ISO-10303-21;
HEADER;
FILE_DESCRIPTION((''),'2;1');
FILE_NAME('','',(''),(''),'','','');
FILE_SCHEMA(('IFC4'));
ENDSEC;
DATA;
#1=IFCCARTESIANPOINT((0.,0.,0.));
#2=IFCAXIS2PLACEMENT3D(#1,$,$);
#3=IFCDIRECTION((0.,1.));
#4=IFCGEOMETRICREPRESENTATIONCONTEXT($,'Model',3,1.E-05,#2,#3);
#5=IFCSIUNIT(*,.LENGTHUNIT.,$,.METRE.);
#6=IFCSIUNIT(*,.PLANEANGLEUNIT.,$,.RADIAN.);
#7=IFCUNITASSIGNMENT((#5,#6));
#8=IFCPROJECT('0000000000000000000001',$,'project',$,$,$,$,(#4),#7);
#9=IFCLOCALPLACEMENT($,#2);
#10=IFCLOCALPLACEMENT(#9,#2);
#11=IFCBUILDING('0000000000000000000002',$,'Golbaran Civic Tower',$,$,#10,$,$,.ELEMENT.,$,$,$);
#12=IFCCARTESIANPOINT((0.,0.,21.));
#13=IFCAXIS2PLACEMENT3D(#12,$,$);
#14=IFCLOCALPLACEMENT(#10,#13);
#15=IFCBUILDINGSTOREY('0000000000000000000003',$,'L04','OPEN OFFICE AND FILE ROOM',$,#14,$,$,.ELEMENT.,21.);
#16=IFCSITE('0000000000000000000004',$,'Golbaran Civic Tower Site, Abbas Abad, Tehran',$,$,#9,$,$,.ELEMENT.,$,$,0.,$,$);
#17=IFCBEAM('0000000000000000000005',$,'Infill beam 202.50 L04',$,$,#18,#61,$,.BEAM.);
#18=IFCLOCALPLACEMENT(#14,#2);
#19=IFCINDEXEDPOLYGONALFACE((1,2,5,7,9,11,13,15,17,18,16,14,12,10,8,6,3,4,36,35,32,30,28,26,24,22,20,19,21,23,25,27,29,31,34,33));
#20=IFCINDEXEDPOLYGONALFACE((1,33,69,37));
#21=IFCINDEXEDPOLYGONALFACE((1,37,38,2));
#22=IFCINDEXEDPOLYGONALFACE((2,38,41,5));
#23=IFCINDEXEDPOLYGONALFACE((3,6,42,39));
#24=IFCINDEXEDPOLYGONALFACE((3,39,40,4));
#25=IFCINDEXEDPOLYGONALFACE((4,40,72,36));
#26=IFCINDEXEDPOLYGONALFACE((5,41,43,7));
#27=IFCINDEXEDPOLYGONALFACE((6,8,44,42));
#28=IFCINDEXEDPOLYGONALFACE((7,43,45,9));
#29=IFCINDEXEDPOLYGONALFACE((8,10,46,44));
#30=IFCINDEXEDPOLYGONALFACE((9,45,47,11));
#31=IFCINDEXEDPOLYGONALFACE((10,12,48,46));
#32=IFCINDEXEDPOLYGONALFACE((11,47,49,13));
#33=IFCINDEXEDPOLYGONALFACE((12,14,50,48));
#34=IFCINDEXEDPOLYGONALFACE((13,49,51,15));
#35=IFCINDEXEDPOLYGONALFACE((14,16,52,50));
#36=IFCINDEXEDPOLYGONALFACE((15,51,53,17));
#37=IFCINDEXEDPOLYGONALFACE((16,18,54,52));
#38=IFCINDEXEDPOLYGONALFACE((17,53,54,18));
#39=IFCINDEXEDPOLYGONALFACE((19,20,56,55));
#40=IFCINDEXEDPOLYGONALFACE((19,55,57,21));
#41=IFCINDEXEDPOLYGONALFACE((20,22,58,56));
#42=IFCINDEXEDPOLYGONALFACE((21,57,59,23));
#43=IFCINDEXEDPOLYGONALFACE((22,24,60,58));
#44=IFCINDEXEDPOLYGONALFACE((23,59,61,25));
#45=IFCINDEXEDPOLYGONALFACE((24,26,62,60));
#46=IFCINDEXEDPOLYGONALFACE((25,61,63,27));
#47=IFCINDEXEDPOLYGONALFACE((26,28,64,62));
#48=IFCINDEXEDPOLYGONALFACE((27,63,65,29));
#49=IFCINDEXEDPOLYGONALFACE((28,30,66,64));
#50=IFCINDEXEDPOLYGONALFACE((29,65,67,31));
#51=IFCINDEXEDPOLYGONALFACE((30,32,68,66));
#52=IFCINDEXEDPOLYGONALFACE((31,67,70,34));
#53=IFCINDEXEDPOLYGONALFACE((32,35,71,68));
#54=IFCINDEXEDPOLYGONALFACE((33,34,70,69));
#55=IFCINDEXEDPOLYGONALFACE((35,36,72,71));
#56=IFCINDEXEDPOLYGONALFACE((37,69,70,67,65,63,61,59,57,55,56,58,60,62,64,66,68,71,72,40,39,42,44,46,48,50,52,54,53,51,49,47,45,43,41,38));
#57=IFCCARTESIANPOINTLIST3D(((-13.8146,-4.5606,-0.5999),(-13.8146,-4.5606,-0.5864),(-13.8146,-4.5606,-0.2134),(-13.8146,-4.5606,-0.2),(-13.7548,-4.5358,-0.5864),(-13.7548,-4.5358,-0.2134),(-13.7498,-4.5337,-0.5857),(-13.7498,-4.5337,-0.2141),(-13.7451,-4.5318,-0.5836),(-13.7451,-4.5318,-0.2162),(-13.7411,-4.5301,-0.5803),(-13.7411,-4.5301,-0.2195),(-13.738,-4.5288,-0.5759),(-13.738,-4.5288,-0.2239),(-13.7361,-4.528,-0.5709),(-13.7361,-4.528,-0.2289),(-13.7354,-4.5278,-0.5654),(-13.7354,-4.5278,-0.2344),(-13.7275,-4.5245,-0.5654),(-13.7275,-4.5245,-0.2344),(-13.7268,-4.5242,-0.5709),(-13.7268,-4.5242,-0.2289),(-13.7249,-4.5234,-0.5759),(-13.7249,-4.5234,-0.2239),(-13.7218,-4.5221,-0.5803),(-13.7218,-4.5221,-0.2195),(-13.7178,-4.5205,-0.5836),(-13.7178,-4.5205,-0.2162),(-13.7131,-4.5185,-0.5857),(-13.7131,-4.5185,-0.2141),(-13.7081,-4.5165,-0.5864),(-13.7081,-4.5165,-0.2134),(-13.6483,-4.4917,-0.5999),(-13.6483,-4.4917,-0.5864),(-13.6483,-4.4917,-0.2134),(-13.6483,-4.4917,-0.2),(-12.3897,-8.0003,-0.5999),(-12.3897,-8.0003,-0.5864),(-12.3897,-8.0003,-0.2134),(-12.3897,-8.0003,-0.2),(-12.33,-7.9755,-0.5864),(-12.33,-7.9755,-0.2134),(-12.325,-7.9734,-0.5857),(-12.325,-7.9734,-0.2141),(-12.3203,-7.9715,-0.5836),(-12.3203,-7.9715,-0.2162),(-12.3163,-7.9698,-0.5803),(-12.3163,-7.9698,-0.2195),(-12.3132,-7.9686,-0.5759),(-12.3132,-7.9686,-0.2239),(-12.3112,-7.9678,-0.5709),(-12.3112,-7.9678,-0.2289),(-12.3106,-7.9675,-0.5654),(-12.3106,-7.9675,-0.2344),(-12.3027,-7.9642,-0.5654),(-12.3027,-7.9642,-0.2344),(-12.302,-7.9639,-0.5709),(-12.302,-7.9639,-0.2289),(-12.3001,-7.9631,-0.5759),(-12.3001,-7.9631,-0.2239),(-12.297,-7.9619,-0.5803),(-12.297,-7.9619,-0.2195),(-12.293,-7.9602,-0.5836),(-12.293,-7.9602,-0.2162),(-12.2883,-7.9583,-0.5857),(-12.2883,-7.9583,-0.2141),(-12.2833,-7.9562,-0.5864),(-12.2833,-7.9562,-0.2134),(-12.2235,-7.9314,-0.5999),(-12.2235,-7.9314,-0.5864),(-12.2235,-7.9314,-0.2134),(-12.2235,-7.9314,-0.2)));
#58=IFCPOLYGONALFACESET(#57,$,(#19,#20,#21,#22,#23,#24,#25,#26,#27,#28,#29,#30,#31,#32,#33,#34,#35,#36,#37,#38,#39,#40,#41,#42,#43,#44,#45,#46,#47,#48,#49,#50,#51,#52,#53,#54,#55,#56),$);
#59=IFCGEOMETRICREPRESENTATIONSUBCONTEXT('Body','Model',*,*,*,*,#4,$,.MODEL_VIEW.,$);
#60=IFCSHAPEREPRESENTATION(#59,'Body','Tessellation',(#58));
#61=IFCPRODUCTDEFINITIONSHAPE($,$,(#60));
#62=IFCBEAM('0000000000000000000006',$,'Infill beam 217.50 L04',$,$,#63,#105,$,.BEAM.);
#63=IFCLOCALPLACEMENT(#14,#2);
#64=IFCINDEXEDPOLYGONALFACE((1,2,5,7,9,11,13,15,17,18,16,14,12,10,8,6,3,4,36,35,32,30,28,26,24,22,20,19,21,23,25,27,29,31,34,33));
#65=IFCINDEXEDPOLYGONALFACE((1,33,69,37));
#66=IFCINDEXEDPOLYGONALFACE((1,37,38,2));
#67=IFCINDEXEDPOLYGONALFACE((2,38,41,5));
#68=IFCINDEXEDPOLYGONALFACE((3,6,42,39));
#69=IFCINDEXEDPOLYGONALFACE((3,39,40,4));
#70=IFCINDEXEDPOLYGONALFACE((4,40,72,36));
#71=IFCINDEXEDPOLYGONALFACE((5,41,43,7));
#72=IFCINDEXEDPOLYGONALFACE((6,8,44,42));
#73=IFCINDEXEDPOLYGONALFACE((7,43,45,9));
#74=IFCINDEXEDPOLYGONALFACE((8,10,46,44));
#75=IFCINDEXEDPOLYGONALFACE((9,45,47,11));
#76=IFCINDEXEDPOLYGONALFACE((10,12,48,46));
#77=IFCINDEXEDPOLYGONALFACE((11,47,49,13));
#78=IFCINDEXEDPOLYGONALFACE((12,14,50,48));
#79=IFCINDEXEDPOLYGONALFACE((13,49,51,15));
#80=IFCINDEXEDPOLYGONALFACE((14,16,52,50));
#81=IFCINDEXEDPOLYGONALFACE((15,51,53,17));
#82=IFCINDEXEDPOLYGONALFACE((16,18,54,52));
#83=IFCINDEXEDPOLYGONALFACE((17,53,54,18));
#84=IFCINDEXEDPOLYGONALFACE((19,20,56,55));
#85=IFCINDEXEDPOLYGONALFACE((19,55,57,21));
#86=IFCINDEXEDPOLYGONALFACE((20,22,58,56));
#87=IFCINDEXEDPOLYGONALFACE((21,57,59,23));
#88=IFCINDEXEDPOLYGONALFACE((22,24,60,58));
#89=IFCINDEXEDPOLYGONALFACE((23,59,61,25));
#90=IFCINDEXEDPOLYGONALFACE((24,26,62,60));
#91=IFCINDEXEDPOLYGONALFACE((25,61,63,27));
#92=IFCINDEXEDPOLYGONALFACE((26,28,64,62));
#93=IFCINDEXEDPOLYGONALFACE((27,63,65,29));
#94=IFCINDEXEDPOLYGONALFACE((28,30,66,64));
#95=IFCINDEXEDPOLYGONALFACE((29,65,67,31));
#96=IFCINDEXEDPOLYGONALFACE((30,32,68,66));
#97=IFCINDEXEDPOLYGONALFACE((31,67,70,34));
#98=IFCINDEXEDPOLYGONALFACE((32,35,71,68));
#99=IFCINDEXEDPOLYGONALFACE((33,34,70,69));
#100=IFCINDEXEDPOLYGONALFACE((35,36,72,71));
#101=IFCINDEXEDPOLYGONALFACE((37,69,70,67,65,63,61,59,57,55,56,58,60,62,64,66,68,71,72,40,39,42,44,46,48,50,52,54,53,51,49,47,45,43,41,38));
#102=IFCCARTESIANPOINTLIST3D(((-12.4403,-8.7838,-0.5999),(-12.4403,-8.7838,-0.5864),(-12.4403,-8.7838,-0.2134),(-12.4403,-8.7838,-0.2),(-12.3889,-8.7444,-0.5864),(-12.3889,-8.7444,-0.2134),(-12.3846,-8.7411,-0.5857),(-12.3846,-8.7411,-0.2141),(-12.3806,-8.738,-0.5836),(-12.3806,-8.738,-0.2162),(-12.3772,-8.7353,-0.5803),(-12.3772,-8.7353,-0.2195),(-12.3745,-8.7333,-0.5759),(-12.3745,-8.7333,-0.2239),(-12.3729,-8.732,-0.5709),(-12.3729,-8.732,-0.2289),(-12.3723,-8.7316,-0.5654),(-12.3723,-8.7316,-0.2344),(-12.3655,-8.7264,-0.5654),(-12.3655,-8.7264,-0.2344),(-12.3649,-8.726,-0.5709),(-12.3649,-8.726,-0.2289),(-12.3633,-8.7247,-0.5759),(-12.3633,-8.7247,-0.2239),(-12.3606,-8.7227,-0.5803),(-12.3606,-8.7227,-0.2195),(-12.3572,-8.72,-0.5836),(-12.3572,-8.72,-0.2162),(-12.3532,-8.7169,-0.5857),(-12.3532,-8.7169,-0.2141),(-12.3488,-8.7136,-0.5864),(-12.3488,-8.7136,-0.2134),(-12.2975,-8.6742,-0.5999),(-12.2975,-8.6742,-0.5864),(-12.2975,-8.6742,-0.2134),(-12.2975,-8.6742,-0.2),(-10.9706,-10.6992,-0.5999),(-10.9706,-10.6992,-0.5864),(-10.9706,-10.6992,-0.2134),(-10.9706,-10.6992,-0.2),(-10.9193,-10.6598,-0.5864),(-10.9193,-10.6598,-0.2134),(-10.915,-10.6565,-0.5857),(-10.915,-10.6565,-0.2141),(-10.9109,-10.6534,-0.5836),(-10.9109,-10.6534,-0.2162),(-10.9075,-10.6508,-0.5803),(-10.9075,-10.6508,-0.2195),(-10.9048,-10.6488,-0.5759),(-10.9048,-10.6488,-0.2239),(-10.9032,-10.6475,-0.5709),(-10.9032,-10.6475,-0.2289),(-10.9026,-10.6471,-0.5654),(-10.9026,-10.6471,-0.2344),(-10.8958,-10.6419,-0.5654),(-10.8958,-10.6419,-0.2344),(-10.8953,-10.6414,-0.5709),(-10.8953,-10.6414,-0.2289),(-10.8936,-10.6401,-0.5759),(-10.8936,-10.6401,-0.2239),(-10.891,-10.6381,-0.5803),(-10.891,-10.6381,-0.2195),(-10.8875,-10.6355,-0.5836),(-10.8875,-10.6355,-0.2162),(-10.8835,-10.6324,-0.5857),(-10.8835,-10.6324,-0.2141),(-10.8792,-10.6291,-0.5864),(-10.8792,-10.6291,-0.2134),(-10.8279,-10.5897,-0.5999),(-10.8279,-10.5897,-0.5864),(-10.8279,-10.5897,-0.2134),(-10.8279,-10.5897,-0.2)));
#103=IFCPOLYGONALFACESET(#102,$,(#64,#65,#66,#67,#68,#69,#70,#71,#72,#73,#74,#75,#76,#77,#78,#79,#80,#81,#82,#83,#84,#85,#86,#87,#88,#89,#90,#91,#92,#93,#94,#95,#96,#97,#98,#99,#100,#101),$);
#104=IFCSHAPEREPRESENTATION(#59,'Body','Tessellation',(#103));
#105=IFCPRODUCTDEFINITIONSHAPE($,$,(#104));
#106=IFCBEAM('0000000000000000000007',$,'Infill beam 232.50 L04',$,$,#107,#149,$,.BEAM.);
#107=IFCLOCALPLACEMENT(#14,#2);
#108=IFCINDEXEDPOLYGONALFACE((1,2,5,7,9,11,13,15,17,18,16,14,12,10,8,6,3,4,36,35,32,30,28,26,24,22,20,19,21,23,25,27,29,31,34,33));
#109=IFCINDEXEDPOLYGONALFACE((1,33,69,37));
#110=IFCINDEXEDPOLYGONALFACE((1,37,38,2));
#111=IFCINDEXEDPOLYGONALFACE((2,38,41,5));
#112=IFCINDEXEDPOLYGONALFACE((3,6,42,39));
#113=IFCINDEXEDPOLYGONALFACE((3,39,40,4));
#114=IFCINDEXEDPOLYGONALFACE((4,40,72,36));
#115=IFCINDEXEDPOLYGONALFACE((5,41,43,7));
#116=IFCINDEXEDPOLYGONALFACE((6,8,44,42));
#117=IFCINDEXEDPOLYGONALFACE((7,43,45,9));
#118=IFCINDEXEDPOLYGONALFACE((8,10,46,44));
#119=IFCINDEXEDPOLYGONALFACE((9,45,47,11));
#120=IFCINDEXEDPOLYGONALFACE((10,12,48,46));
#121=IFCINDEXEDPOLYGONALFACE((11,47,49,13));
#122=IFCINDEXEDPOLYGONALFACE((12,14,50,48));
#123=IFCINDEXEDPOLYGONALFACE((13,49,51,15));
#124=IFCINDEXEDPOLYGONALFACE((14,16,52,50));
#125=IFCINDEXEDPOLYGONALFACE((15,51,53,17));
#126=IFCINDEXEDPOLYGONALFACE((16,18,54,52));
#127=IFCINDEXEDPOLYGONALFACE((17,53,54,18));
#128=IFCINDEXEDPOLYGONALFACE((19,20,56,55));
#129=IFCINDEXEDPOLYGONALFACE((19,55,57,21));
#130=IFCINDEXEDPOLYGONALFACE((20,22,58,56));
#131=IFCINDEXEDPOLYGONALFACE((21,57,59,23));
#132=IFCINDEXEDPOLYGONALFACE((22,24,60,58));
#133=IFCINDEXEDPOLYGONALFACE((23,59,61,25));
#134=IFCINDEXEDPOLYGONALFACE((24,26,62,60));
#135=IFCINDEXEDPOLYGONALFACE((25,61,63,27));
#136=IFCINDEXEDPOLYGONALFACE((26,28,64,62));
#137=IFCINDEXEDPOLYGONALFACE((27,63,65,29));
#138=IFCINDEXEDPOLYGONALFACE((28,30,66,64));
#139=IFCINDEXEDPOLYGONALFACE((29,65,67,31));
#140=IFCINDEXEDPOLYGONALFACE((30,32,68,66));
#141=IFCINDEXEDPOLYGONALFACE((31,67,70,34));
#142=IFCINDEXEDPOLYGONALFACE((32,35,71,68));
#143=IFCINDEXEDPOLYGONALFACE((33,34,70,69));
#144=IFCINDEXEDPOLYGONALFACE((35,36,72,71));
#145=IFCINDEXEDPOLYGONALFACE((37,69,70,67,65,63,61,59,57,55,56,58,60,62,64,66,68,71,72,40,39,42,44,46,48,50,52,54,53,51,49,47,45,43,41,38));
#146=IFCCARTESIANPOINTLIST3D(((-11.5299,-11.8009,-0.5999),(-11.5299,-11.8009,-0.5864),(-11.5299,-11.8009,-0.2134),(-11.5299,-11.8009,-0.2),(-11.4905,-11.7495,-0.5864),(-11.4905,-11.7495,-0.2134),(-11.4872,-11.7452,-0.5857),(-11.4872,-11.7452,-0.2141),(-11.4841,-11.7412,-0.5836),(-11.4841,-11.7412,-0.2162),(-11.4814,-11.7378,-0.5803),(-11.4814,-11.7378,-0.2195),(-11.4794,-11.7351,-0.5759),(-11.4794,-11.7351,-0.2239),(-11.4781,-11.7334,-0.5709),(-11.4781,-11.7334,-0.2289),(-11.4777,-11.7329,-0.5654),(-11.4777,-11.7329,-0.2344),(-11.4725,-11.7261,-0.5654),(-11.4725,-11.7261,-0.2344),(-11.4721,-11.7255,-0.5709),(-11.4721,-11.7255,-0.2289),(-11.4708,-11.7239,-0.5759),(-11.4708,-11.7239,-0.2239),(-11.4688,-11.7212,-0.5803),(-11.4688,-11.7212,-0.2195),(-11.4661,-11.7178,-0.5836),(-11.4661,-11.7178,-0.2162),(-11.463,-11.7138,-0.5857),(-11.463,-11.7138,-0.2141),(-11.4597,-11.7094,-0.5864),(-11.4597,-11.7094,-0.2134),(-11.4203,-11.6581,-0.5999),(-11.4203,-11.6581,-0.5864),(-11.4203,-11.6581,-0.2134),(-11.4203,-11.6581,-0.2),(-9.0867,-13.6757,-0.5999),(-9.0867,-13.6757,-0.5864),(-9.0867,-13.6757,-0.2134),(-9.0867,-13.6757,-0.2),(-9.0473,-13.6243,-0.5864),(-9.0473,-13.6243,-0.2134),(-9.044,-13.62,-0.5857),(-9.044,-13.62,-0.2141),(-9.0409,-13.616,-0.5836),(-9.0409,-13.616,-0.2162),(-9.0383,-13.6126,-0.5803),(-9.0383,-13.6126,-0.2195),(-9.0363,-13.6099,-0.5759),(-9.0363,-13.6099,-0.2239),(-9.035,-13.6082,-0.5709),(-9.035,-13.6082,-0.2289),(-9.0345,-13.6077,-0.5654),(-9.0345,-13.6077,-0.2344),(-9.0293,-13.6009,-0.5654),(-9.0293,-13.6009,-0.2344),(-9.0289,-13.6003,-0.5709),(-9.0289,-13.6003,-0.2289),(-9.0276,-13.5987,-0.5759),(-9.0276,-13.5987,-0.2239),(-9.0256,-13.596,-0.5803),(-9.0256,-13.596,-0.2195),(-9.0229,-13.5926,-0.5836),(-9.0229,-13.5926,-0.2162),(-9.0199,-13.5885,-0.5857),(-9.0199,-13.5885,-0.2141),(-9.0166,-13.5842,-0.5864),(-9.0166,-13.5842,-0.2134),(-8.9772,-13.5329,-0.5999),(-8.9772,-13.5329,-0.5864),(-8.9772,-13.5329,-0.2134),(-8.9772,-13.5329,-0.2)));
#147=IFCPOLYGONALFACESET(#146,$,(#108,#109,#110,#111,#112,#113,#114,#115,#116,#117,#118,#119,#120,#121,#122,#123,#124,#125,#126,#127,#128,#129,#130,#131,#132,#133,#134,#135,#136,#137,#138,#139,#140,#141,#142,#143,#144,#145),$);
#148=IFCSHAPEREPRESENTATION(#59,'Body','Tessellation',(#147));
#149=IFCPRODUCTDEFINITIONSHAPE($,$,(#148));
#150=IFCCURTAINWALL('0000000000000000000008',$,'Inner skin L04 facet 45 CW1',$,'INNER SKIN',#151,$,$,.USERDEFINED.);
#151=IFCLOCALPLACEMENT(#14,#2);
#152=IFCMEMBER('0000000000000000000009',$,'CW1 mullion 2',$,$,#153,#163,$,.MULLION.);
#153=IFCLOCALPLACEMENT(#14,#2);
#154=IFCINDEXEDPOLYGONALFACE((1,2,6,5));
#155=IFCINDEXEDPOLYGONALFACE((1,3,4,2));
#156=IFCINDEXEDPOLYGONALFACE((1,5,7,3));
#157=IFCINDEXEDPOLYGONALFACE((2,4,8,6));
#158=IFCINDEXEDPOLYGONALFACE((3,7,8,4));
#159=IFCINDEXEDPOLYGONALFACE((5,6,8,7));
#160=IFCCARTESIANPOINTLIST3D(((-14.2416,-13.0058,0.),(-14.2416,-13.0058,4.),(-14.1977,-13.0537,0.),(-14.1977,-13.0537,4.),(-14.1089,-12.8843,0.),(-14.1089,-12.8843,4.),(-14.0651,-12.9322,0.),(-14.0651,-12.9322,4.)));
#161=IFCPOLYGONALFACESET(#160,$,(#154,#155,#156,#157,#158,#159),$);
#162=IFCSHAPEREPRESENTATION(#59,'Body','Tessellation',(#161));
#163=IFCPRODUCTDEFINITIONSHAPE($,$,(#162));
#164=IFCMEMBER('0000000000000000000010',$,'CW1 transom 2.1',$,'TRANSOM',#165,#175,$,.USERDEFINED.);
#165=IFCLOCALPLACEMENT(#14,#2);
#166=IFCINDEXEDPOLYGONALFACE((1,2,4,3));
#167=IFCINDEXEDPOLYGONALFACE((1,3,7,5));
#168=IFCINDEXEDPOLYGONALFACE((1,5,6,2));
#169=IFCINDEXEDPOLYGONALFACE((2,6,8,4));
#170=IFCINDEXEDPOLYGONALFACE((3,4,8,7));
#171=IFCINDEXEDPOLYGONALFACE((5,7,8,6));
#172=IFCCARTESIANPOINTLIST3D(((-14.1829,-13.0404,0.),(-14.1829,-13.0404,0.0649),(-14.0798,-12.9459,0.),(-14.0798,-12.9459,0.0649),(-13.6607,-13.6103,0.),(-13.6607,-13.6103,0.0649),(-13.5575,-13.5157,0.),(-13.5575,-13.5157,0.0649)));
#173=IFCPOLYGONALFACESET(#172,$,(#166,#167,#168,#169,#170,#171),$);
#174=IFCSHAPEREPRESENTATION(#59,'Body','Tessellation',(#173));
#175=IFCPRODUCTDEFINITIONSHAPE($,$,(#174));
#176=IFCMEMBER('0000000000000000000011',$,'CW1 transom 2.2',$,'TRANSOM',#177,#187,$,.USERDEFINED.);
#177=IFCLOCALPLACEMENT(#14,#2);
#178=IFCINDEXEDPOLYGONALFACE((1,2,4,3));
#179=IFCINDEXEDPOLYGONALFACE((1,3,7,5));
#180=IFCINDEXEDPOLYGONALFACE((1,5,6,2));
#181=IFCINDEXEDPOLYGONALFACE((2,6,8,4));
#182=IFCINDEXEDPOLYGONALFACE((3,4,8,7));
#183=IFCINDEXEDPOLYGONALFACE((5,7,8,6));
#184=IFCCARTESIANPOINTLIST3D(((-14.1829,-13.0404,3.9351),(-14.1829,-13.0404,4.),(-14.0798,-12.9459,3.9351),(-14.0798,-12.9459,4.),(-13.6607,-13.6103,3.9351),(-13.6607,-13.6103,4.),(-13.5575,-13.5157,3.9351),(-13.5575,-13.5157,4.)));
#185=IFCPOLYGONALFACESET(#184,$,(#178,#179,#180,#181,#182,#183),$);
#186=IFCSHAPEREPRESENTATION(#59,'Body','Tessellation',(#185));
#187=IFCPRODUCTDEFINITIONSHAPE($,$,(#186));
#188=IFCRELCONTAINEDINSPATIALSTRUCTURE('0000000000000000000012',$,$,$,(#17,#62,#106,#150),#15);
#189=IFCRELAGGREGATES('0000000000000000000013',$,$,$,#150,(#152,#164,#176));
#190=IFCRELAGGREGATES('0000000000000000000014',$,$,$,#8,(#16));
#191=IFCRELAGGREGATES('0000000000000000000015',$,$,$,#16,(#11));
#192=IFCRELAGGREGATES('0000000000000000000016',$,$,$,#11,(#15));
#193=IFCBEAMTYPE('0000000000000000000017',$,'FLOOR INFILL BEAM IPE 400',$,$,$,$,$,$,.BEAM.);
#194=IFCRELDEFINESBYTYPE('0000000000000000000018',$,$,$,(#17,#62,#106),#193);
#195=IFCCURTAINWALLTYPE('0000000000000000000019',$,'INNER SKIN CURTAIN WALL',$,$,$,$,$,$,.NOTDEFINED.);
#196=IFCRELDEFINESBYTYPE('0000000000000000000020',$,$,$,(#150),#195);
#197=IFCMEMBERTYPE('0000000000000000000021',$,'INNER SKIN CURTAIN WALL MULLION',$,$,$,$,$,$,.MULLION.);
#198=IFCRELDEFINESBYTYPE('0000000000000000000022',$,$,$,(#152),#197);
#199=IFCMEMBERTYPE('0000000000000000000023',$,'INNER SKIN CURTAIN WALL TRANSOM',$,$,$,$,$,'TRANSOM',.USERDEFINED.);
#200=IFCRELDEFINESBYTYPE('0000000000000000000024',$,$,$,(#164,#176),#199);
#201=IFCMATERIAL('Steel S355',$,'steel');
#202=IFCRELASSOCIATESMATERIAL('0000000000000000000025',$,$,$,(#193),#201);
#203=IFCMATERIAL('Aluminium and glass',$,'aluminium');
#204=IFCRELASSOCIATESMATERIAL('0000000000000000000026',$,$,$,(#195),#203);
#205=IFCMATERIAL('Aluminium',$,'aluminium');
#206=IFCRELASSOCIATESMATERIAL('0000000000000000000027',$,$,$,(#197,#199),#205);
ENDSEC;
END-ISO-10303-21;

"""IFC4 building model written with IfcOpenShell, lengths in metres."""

from ifc_helpers import new_model, si_unit, direction, frame, origin, origin_2d, place, context, subcontext, project, spatial, rectangle, i_section, extrude, material, material_profile, profile_set, type_object, element, aggregate, save


model = new_model("IFC4")

# Units and contexts
model_context = context("Model", 3, precision=1e-05, world=origin(), true_north=direction((0.0, 1.0)))
body_context = subcontext(model_context, "Body", "Model", "MODEL_VIEW")
ifc_project = project(units=[si_unit("LENGTHUNIT", "METRE"), si_unit("PLANEANGLEUNIT", "RADIAN")], contexts=[model_context])

# Site, building, storey
site_placement = place(None, origin())
site = spatial("IfcSite", under=ifc_project, at=site_placement, Name="Golbaran Civic Tower Site, Abbas Abad, Tehran", CompositionType="ELEMENT", RefElevation=0.0)
building_placement = place(site_placement, origin())
building = spatial("IfcBuilding", under=site, at=building_placement, Name="Golbaran Civic Tower", CompositionType="ELEMENT")
storey_placement = place(building_placement, frame((0.0, 0.0, 21.0)))
storey = spatial("IfcBuildingStorey", under=building, at=storey_placement, Name="L04", Description="OPEN OFFICE AND FILE ROOM", CompositionType="ELEMENT", Elevation=21.0)

# Beams
ifc_material_1 = material(Name="Steel S355", Category="steel")
ifc_material_profile_1 = material_profile(ifc_material_1, i_section(OverallWidth=0.1799, OverallDepth=0.3999, WebThickness=0.0085, FlangeThickness=0.0134, FilletRadius=0.021, at=origin_2d()), Name="IPE 400")
ifc_profile_set_1 = profile_set([ifc_material_profile_1], Name="Steel S355")
beam_type_1 = type_object("IfcBeamType", Name="FLOOR INFILL BEAM IPE 400", PredefinedType="BEAM", material=ifc_profile_set_1)
beam_1_placement = place(storey_placement, frame((-13.7314, -4.5261, -0.3999), z_axis=(0.382692, -0.923876, 0.0), x_axis=(0.923876, 0.382692, 0.0)))
element("IfcBeam", 1, at=beam_1_placement, inside=storey, type_object=beam_type_1, Name="Infill beam 202.50 L04", PredefinedType="BEAM", context=body_context, shape_type="SweptSolid", body=[
    extrude(i_section(OverallWidth=0.1799, OverallDepth=0.3999, WebThickness=0.0085, FlangeThickness=0.0134, FilletRadius=0.021, at=origin_2d()), origin(), (0.0, 0.0, 1.0), 3.7231),
])
beam_2_placement = place(storey_placement, frame((-12.3689, -8.729, -0.3999), z_axis=(0.608733, -0.793375, 0.0), x_axis=(0.793375, 0.608733, 0.0)))
element("IfcBeam", 2, at=beam_2_placement, inside=storey, type_object=beam_type_1, Name="Infill beam 217.50 L04", PredefinedType="BEAM", context=body_context, shape_type="SweptSolid", body=[
    extrude(i_section(OverallWidth=0.1799, OverallDepth=0.3999, WebThickness=0.0085, FlangeThickness=0.0134, FilletRadius=0.021, at=origin_2d()), origin(), (0.0, 0.0, 1.0), 2.4143),
])
beam_3_placement = place(storey_placement, frame((-11.4751, -11.7295, -0.3999), z_axis=(0.79334, -0.608779, 0.0), x_axis=(0.608779, 0.79334, 0.0)))
element("IfcBeam", 3, at=beam_3_placement, inside=storey, type_object=beam_type_1, Name="Infill beam 232.50 L04", PredefinedType="BEAM", context=body_context, shape_type="SweptSolid", body=[
    extrude(i_section(OverallWidth=0.1799, OverallDepth=0.3999, WebThickness=0.0085, FlangeThickness=0.0134, FilletRadius=0.021, at=origin_2d()), origin(), (0.0, 0.0, 1.0), 3.0796),
])

# Curtain wall, members
ifc_material_2 = material(Name="Aluminium and glass", Category="aluminium")
curtain_wall_type = type_object("IfcCurtainWallType", Name="INNER SKIN CURTAIN WALL", PredefinedType="NOTDEFINED", material=ifc_material_2)
curtain_wall_placement = place(storey_placement, origin())
curtain_wall = element("IfcCurtainWall", 4, at=curtain_wall_placement, inside=storey, type_object=curtain_wall_type, Name="Inner skin L04 facet 45 CW1", ObjectType="INNER SKIN", PredefinedType="USERDEFINED")
ifc_material_3 = material(Name="Aluminium", Category="aluminium")
ifc_material_profile_2 = material_profile(ifc_material_3, rectangle(XDim=0.1799, YDim=0.0649, at=origin_2d()), Name="INNER SKIN CURTAIN WALL MULLION")
ifc_profile_set_2 = profile_set([ifc_material_profile_2], Name="Aluminium")
member_type_1 = type_object("IfcMemberType", Name="INNER SKIN CURTAIN WALL MULLION", PredefinedType="MULLION", material=ifc_profile_set_2)
member_1_placement = place(storey_placement, frame((-14.1533, -12.969, 0.0), z_axis=(0.0, 0.0, 1.0), x_axis=(0.737277, 0.67559, 0.0)))
member_1 = element("IfcMember", 5, at=member_1_placement, type_object=member_type_1, Name="CW1 mullion 2", PredefinedType="MULLION", context=body_context, shape_type="SweptSolid", body=[
    extrude(rectangle(XDim=0.1799, YDim=0.0649, at=origin_2d()), origin(), (0.0, 0.0, 1.0), 4.0),
])
ifc_material_profile_3 = material_profile(ifc_material_3, rectangle(XDim=0.1399, YDim=0.0649, at=origin_2d()), Name="INNER SKIN CURTAIN WALL TRANSOM")
ifc_profile_set_3 = profile_set([ifc_material_profile_3], Name="Aluminium")
member_type_2 = type_object("IfcMemberType", Name="INNER SKIN CURTAIN WALL TRANSOM", ElementType="TRANSOM", PredefinedType="USERDEFINED", material=ifc_profile_set_3)
member_2_placement = place(storey_placement, frame((-14.1313, -12.9932, 0.0325), z_axis=(0.675639, -0.737233, 0.0), x_axis=(0.737233, 0.675639, 0.0)))
member_2 = element("IfcMember", 6, at=member_2_placement, type_object=member_type_2, Name="CW1 transom 2.1", ObjectType="TRANSOM", PredefinedType="USERDEFINED", context=body_context, shape_type="SweptSolid", body=[
    extrude(rectangle(XDim=0.1399, YDim=0.0649, at=origin_2d()), origin(), (0.0, 0.0, 1.0), 0.7729),
])
member_3_placement = place(storey_placement, frame((-14.1313, -12.9932, 3.9675), z_axis=(0.675639, -0.737233, 0.0), x_axis=(0.737233, 0.675639, 0.0)))
member_3 = element("IfcMember", 7, at=member_3_placement, type_object=member_type_2, Name="CW1 transom 2.2", ObjectType="TRANSOM", PredefinedType="USERDEFINED", context=body_context, shape_type="SweptSolid", body=[
    extrude(rectangle(XDim=0.1399, YDim=0.0649, at=origin_2d()), origin(), (0.0, 0.0, 1.0), 0.7729),
])

aggregate(curtain_wall, [member_1, member_2, member_3])

save(model, "model.ifc")
